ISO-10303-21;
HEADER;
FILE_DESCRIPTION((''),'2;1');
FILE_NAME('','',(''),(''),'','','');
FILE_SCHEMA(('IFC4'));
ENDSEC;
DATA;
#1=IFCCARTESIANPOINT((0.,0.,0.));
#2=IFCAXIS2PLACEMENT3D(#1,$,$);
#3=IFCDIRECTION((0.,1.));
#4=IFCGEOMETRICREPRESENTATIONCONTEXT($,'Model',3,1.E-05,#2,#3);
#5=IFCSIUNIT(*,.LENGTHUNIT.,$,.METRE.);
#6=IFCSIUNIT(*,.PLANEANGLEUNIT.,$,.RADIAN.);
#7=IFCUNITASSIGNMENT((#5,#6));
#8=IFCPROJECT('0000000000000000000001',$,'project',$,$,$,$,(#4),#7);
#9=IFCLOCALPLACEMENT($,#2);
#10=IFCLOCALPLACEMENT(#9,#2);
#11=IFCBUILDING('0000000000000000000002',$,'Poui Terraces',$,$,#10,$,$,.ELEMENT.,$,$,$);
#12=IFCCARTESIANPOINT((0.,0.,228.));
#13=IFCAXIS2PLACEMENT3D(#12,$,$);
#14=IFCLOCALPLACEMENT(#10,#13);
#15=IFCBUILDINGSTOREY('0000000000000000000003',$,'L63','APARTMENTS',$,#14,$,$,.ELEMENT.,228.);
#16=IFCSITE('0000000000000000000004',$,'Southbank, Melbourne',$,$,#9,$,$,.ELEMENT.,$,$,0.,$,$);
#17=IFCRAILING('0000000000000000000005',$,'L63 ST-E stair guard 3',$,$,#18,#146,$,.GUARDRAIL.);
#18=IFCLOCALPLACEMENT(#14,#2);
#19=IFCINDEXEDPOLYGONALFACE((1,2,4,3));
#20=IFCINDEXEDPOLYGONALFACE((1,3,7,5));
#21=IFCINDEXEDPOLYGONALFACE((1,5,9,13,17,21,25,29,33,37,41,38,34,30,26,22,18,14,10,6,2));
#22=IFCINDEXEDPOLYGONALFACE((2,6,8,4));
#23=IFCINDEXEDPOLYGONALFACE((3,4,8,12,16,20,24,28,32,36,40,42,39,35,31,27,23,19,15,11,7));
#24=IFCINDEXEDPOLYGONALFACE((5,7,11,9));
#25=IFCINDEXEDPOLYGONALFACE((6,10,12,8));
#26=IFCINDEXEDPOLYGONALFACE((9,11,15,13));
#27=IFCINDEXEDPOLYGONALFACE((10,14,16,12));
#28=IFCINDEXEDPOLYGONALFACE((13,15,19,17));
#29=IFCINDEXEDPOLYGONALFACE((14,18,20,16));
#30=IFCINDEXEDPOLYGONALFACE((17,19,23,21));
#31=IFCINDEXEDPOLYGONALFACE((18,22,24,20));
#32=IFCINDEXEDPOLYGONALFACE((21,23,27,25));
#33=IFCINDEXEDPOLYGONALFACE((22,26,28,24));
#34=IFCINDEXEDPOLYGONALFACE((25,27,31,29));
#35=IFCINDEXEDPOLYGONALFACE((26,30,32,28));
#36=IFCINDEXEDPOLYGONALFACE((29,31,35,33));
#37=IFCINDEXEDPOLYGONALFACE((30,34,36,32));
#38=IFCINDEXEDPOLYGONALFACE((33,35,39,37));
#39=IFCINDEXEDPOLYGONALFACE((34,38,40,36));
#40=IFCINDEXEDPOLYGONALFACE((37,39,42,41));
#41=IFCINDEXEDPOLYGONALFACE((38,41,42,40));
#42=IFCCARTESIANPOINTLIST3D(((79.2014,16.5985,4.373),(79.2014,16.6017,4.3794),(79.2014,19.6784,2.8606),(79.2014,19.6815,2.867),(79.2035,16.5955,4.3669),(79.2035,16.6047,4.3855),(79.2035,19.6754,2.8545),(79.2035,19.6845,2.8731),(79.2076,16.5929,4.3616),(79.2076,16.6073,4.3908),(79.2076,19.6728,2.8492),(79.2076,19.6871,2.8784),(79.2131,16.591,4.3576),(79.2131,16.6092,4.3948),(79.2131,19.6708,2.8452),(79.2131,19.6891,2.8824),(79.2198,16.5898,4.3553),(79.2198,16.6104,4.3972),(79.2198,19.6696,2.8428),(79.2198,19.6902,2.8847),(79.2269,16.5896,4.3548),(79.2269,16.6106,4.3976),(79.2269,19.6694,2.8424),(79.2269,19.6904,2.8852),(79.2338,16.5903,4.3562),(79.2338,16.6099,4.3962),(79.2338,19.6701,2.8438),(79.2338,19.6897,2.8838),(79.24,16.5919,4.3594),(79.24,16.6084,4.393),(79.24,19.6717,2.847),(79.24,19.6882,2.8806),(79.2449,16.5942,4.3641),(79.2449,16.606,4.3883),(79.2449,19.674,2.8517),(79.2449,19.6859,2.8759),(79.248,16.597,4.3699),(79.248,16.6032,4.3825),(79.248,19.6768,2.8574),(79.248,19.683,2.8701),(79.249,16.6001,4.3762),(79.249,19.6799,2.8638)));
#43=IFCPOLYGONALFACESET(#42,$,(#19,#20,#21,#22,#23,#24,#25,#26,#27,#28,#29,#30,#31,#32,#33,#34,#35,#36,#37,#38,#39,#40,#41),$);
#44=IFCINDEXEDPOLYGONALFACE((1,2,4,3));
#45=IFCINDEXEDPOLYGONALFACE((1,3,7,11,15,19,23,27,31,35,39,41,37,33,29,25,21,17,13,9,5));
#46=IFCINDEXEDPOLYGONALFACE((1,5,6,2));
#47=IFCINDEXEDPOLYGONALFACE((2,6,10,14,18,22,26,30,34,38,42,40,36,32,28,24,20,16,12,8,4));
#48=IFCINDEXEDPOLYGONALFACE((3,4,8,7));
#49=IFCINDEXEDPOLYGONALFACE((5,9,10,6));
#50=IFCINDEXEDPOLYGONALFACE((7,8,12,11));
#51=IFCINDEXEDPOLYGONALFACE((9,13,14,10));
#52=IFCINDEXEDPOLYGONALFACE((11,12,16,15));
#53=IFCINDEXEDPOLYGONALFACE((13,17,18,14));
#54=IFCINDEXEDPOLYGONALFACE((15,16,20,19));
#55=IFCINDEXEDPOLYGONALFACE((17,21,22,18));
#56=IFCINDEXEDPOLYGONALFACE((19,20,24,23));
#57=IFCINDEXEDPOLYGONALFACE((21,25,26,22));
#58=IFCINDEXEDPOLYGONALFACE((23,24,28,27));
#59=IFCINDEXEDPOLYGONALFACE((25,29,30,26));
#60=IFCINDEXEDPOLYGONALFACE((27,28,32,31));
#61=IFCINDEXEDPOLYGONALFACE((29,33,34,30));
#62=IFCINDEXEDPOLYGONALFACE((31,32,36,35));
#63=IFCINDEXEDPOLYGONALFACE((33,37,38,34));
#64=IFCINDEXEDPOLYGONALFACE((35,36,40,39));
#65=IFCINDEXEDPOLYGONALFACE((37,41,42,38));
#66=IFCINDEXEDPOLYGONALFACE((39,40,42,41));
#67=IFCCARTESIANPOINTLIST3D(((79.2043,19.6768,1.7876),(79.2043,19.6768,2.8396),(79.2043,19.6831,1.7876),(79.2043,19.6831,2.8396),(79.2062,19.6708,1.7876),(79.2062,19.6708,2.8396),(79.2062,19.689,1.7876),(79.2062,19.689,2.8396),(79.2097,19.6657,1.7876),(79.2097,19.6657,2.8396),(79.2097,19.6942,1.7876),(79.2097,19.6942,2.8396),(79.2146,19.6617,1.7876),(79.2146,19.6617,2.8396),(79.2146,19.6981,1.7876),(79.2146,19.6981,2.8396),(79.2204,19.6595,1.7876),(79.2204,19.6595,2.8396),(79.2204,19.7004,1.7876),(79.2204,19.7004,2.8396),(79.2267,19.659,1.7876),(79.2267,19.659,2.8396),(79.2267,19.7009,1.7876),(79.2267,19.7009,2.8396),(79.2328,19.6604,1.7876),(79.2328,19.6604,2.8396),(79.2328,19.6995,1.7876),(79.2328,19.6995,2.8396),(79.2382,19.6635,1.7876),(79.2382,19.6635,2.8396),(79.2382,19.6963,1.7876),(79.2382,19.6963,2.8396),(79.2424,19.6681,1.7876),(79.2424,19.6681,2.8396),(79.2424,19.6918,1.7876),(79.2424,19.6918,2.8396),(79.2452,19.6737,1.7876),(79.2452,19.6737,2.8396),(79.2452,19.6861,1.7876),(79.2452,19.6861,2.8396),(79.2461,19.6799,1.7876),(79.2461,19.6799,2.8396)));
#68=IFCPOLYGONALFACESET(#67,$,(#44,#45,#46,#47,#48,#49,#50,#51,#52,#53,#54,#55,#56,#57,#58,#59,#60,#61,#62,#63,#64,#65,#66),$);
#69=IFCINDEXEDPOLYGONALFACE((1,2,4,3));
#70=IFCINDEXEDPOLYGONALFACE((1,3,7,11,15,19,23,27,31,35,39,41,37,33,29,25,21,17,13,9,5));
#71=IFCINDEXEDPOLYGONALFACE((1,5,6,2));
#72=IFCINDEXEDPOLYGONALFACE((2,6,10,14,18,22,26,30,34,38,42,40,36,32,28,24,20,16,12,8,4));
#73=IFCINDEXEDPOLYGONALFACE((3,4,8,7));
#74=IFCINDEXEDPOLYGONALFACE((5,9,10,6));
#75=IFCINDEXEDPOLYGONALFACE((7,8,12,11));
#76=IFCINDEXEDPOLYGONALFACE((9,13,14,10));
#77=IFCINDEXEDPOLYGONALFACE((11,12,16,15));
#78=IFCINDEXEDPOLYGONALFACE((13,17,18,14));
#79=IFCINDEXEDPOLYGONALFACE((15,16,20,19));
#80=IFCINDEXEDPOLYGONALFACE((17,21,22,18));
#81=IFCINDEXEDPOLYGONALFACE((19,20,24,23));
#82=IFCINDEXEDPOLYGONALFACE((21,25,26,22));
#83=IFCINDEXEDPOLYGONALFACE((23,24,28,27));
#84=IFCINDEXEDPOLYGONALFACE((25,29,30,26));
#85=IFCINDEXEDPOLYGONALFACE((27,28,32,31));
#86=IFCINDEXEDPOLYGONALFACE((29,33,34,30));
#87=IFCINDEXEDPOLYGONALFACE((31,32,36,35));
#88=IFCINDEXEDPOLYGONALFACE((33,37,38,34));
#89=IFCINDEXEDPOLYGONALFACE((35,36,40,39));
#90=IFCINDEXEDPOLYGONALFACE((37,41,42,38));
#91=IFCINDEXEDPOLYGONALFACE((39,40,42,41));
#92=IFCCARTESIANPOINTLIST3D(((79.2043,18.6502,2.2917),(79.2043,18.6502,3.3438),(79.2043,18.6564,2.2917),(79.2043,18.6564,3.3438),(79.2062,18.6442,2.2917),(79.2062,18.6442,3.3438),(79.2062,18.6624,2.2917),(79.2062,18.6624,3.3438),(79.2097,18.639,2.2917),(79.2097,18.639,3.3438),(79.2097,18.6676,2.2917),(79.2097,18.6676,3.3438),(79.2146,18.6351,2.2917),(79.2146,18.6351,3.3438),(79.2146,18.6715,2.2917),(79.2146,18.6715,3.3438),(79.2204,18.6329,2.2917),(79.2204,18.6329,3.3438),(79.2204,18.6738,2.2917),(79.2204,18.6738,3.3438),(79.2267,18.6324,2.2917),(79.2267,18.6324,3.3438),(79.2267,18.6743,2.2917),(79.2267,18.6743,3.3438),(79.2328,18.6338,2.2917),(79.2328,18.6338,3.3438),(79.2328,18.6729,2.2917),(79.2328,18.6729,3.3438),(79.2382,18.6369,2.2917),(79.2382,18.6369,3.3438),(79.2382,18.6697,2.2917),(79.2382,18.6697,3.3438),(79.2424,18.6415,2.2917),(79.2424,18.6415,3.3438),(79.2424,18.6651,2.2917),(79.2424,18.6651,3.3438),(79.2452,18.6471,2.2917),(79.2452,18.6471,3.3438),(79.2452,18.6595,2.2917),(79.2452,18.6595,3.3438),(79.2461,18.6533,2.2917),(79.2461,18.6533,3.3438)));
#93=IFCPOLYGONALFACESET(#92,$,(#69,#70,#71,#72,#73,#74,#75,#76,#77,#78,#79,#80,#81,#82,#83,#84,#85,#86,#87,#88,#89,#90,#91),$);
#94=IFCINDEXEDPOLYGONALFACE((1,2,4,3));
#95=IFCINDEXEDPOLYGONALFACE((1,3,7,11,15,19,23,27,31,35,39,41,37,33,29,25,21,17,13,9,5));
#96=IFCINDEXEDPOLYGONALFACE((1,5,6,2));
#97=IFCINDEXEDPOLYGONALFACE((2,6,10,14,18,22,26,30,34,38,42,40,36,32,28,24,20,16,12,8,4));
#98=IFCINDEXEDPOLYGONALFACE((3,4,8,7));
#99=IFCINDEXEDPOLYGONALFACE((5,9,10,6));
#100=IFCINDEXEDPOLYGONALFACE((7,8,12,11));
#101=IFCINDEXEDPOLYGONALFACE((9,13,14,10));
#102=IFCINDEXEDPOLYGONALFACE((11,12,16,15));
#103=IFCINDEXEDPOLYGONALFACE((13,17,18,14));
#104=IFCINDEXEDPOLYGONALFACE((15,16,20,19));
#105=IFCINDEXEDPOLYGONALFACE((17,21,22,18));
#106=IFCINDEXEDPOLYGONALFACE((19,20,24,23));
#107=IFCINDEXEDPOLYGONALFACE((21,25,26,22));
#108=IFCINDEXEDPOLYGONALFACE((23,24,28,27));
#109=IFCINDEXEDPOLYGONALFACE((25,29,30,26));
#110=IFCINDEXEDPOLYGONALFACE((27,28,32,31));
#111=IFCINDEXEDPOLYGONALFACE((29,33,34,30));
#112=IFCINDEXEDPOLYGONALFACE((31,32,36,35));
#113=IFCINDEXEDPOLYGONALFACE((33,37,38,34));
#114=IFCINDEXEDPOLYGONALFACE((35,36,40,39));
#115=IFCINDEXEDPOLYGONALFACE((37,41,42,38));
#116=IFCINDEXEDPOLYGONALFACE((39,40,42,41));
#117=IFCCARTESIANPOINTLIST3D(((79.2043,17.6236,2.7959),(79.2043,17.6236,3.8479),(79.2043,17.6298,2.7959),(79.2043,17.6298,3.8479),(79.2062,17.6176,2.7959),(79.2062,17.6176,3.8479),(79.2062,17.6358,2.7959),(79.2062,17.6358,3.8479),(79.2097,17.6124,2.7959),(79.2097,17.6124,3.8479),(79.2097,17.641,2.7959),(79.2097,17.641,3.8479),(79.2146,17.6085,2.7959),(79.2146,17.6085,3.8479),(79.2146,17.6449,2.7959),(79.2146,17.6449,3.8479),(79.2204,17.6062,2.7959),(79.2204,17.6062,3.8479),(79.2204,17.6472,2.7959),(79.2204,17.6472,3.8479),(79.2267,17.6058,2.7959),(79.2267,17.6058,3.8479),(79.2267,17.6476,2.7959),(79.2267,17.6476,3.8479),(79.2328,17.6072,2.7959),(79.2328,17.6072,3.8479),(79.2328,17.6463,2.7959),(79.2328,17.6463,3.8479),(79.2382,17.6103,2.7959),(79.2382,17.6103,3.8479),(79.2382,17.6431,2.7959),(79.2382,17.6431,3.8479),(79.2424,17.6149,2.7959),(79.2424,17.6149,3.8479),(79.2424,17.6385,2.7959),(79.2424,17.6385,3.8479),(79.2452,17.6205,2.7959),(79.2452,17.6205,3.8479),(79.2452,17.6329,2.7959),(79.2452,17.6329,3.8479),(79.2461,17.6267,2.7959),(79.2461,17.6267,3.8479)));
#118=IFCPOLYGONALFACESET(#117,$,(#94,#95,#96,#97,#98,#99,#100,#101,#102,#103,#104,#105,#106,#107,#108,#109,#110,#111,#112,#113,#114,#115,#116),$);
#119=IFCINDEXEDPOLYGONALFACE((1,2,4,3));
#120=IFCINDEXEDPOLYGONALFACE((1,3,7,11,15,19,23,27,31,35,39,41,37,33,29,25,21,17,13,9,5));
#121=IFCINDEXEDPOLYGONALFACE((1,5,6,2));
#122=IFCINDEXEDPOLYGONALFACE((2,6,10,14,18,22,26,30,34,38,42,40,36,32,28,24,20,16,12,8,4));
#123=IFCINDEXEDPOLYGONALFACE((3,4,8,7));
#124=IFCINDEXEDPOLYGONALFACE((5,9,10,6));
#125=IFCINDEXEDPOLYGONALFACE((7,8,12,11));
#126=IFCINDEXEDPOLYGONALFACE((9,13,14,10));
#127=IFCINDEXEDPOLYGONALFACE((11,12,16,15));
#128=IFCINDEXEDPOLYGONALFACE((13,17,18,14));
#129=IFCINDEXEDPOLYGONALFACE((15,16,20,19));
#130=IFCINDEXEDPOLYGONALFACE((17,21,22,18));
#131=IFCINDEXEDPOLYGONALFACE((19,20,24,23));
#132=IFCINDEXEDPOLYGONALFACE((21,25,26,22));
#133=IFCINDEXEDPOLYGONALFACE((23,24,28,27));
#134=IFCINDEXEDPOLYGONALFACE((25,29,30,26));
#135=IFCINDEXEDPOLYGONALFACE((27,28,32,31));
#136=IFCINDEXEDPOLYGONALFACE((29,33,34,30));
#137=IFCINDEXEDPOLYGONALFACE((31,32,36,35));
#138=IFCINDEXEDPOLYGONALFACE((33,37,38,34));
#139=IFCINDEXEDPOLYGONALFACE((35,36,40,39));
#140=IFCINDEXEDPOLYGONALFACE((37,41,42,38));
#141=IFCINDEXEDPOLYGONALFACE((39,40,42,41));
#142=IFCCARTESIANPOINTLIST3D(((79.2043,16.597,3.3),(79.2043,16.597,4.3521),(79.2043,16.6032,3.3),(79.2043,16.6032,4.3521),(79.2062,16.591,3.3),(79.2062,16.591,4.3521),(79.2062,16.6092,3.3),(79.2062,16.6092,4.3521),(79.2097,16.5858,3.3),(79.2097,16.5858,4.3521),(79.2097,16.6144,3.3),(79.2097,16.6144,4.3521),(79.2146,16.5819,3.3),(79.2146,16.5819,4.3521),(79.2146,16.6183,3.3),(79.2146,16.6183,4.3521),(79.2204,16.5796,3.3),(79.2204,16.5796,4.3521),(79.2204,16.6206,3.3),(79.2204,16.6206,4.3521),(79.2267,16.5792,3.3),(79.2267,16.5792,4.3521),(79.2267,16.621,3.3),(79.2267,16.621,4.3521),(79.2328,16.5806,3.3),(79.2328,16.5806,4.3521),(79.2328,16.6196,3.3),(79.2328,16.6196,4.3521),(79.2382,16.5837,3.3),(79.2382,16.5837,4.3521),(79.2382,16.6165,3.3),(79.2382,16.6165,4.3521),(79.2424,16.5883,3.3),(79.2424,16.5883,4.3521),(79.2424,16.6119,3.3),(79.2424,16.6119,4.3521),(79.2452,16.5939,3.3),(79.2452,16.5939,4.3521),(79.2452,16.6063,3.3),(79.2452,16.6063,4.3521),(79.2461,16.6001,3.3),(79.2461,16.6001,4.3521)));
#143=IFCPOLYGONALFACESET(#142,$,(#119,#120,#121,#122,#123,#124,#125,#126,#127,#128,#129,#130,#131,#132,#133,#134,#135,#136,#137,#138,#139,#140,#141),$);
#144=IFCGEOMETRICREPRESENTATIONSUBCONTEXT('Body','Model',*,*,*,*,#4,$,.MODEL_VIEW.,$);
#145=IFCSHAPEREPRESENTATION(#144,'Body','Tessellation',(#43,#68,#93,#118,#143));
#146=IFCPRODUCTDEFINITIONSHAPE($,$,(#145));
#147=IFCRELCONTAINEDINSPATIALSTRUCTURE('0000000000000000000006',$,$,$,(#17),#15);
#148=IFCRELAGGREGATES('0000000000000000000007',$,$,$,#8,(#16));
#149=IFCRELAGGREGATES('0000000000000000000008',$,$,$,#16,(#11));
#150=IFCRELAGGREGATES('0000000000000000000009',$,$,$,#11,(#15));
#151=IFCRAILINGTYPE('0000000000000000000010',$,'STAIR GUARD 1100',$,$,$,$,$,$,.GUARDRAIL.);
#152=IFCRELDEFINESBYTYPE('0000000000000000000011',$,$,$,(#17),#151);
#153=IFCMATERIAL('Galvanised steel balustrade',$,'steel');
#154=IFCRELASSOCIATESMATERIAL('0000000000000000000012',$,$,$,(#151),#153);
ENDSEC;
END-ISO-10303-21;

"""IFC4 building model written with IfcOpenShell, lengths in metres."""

from ifc_helpers import new_model, si_unit, direction, frame, origin, origin_2d, place, context, subcontext, project, spatial, circle, extrude, material, type_object, element, save


model = new_model("IFC4")

# Units and contexts
model_context = context("Model", 3, precision=1e-05, world=origin(), true_north=direction((0.0, 1.0)))
body_context = subcontext(model_context, "Body", "Model", "MODEL_VIEW")
ifc_project = project(units=[si_unit("LENGTHUNIT", "METRE"), si_unit("PLANEANGLEUNIT", "RADIAN")], contexts=[model_context])

# Site, building, storey
site_placement = place(None, origin())
site = spatial("IfcSite", under=ifc_project, at=site_placement, Name="Southbank, Melbourne", CompositionType="ELEMENT", RefElevation=0.0)
building_placement = place(site_placement, origin())
building = spatial("IfcBuilding", under=site, at=building_placement, Name="Poui Terraces", CompositionType="ELEMENT")
storey_placement = place(building_placement, frame((0.0, 0.0, 228.0)))
storey = spatial("IfcBuildingStorey", under=building, at=storey_placement, Name="L63", Description="APARTMENTS", CompositionType="ELEMENT", Elevation=228.0)

# Railing
ifc_material_1 = material(Name="Galvanised steel balustrade", Category="steel")
railing_type_1 = type_object("IfcRailingType", Name="STAIR GUARD 1100", PredefinedType="GUARDRAIL", material=ifc_material_1)
railing_1_placement = place(storey_placement, frame((79.2251, 19.6799, 1.7876)))
element("IfcRailing", 1, at=railing_1_placement, inside=storey, type_object=railing_type_1, Name="L63 ST-E stair guard 3", PredefinedType="GUARDRAIL", context=body_context, shape_type="SweptSolid", body=[
    extrude(circle(Radius=0.0239, at=origin_2d()), frame((0.0, 0.0, 1.0762), z_axis=(0.0, -0.897606, 0.440798), x_axis=(1.0, 0.0, 0.0)), (0.0, 0.0, 1.0), 3.4312),
    extrude(circle(Radius=0.021, at=origin_2d()), origin(), (0.0, 0.0, 1.0), 1.052),
    extrude(circle(Radius=0.021, at=origin_2d()), frame((0.0, -1.0266, 0.5042)), (0.0, 0.0, 1.0), 1.052),
    extrude(circle(Radius=0.021, at=origin_2d()), frame((0.0, -2.0532, 1.0083)), (0.0, 0.0, 1.0), 1.052),
    extrude(circle(Radius=0.021, at=origin_2d()), frame((0.0, -3.0798, 1.5125)), (0.0, 0.0, 1.0), 1.052),
])

save(model, "model.ifc")
